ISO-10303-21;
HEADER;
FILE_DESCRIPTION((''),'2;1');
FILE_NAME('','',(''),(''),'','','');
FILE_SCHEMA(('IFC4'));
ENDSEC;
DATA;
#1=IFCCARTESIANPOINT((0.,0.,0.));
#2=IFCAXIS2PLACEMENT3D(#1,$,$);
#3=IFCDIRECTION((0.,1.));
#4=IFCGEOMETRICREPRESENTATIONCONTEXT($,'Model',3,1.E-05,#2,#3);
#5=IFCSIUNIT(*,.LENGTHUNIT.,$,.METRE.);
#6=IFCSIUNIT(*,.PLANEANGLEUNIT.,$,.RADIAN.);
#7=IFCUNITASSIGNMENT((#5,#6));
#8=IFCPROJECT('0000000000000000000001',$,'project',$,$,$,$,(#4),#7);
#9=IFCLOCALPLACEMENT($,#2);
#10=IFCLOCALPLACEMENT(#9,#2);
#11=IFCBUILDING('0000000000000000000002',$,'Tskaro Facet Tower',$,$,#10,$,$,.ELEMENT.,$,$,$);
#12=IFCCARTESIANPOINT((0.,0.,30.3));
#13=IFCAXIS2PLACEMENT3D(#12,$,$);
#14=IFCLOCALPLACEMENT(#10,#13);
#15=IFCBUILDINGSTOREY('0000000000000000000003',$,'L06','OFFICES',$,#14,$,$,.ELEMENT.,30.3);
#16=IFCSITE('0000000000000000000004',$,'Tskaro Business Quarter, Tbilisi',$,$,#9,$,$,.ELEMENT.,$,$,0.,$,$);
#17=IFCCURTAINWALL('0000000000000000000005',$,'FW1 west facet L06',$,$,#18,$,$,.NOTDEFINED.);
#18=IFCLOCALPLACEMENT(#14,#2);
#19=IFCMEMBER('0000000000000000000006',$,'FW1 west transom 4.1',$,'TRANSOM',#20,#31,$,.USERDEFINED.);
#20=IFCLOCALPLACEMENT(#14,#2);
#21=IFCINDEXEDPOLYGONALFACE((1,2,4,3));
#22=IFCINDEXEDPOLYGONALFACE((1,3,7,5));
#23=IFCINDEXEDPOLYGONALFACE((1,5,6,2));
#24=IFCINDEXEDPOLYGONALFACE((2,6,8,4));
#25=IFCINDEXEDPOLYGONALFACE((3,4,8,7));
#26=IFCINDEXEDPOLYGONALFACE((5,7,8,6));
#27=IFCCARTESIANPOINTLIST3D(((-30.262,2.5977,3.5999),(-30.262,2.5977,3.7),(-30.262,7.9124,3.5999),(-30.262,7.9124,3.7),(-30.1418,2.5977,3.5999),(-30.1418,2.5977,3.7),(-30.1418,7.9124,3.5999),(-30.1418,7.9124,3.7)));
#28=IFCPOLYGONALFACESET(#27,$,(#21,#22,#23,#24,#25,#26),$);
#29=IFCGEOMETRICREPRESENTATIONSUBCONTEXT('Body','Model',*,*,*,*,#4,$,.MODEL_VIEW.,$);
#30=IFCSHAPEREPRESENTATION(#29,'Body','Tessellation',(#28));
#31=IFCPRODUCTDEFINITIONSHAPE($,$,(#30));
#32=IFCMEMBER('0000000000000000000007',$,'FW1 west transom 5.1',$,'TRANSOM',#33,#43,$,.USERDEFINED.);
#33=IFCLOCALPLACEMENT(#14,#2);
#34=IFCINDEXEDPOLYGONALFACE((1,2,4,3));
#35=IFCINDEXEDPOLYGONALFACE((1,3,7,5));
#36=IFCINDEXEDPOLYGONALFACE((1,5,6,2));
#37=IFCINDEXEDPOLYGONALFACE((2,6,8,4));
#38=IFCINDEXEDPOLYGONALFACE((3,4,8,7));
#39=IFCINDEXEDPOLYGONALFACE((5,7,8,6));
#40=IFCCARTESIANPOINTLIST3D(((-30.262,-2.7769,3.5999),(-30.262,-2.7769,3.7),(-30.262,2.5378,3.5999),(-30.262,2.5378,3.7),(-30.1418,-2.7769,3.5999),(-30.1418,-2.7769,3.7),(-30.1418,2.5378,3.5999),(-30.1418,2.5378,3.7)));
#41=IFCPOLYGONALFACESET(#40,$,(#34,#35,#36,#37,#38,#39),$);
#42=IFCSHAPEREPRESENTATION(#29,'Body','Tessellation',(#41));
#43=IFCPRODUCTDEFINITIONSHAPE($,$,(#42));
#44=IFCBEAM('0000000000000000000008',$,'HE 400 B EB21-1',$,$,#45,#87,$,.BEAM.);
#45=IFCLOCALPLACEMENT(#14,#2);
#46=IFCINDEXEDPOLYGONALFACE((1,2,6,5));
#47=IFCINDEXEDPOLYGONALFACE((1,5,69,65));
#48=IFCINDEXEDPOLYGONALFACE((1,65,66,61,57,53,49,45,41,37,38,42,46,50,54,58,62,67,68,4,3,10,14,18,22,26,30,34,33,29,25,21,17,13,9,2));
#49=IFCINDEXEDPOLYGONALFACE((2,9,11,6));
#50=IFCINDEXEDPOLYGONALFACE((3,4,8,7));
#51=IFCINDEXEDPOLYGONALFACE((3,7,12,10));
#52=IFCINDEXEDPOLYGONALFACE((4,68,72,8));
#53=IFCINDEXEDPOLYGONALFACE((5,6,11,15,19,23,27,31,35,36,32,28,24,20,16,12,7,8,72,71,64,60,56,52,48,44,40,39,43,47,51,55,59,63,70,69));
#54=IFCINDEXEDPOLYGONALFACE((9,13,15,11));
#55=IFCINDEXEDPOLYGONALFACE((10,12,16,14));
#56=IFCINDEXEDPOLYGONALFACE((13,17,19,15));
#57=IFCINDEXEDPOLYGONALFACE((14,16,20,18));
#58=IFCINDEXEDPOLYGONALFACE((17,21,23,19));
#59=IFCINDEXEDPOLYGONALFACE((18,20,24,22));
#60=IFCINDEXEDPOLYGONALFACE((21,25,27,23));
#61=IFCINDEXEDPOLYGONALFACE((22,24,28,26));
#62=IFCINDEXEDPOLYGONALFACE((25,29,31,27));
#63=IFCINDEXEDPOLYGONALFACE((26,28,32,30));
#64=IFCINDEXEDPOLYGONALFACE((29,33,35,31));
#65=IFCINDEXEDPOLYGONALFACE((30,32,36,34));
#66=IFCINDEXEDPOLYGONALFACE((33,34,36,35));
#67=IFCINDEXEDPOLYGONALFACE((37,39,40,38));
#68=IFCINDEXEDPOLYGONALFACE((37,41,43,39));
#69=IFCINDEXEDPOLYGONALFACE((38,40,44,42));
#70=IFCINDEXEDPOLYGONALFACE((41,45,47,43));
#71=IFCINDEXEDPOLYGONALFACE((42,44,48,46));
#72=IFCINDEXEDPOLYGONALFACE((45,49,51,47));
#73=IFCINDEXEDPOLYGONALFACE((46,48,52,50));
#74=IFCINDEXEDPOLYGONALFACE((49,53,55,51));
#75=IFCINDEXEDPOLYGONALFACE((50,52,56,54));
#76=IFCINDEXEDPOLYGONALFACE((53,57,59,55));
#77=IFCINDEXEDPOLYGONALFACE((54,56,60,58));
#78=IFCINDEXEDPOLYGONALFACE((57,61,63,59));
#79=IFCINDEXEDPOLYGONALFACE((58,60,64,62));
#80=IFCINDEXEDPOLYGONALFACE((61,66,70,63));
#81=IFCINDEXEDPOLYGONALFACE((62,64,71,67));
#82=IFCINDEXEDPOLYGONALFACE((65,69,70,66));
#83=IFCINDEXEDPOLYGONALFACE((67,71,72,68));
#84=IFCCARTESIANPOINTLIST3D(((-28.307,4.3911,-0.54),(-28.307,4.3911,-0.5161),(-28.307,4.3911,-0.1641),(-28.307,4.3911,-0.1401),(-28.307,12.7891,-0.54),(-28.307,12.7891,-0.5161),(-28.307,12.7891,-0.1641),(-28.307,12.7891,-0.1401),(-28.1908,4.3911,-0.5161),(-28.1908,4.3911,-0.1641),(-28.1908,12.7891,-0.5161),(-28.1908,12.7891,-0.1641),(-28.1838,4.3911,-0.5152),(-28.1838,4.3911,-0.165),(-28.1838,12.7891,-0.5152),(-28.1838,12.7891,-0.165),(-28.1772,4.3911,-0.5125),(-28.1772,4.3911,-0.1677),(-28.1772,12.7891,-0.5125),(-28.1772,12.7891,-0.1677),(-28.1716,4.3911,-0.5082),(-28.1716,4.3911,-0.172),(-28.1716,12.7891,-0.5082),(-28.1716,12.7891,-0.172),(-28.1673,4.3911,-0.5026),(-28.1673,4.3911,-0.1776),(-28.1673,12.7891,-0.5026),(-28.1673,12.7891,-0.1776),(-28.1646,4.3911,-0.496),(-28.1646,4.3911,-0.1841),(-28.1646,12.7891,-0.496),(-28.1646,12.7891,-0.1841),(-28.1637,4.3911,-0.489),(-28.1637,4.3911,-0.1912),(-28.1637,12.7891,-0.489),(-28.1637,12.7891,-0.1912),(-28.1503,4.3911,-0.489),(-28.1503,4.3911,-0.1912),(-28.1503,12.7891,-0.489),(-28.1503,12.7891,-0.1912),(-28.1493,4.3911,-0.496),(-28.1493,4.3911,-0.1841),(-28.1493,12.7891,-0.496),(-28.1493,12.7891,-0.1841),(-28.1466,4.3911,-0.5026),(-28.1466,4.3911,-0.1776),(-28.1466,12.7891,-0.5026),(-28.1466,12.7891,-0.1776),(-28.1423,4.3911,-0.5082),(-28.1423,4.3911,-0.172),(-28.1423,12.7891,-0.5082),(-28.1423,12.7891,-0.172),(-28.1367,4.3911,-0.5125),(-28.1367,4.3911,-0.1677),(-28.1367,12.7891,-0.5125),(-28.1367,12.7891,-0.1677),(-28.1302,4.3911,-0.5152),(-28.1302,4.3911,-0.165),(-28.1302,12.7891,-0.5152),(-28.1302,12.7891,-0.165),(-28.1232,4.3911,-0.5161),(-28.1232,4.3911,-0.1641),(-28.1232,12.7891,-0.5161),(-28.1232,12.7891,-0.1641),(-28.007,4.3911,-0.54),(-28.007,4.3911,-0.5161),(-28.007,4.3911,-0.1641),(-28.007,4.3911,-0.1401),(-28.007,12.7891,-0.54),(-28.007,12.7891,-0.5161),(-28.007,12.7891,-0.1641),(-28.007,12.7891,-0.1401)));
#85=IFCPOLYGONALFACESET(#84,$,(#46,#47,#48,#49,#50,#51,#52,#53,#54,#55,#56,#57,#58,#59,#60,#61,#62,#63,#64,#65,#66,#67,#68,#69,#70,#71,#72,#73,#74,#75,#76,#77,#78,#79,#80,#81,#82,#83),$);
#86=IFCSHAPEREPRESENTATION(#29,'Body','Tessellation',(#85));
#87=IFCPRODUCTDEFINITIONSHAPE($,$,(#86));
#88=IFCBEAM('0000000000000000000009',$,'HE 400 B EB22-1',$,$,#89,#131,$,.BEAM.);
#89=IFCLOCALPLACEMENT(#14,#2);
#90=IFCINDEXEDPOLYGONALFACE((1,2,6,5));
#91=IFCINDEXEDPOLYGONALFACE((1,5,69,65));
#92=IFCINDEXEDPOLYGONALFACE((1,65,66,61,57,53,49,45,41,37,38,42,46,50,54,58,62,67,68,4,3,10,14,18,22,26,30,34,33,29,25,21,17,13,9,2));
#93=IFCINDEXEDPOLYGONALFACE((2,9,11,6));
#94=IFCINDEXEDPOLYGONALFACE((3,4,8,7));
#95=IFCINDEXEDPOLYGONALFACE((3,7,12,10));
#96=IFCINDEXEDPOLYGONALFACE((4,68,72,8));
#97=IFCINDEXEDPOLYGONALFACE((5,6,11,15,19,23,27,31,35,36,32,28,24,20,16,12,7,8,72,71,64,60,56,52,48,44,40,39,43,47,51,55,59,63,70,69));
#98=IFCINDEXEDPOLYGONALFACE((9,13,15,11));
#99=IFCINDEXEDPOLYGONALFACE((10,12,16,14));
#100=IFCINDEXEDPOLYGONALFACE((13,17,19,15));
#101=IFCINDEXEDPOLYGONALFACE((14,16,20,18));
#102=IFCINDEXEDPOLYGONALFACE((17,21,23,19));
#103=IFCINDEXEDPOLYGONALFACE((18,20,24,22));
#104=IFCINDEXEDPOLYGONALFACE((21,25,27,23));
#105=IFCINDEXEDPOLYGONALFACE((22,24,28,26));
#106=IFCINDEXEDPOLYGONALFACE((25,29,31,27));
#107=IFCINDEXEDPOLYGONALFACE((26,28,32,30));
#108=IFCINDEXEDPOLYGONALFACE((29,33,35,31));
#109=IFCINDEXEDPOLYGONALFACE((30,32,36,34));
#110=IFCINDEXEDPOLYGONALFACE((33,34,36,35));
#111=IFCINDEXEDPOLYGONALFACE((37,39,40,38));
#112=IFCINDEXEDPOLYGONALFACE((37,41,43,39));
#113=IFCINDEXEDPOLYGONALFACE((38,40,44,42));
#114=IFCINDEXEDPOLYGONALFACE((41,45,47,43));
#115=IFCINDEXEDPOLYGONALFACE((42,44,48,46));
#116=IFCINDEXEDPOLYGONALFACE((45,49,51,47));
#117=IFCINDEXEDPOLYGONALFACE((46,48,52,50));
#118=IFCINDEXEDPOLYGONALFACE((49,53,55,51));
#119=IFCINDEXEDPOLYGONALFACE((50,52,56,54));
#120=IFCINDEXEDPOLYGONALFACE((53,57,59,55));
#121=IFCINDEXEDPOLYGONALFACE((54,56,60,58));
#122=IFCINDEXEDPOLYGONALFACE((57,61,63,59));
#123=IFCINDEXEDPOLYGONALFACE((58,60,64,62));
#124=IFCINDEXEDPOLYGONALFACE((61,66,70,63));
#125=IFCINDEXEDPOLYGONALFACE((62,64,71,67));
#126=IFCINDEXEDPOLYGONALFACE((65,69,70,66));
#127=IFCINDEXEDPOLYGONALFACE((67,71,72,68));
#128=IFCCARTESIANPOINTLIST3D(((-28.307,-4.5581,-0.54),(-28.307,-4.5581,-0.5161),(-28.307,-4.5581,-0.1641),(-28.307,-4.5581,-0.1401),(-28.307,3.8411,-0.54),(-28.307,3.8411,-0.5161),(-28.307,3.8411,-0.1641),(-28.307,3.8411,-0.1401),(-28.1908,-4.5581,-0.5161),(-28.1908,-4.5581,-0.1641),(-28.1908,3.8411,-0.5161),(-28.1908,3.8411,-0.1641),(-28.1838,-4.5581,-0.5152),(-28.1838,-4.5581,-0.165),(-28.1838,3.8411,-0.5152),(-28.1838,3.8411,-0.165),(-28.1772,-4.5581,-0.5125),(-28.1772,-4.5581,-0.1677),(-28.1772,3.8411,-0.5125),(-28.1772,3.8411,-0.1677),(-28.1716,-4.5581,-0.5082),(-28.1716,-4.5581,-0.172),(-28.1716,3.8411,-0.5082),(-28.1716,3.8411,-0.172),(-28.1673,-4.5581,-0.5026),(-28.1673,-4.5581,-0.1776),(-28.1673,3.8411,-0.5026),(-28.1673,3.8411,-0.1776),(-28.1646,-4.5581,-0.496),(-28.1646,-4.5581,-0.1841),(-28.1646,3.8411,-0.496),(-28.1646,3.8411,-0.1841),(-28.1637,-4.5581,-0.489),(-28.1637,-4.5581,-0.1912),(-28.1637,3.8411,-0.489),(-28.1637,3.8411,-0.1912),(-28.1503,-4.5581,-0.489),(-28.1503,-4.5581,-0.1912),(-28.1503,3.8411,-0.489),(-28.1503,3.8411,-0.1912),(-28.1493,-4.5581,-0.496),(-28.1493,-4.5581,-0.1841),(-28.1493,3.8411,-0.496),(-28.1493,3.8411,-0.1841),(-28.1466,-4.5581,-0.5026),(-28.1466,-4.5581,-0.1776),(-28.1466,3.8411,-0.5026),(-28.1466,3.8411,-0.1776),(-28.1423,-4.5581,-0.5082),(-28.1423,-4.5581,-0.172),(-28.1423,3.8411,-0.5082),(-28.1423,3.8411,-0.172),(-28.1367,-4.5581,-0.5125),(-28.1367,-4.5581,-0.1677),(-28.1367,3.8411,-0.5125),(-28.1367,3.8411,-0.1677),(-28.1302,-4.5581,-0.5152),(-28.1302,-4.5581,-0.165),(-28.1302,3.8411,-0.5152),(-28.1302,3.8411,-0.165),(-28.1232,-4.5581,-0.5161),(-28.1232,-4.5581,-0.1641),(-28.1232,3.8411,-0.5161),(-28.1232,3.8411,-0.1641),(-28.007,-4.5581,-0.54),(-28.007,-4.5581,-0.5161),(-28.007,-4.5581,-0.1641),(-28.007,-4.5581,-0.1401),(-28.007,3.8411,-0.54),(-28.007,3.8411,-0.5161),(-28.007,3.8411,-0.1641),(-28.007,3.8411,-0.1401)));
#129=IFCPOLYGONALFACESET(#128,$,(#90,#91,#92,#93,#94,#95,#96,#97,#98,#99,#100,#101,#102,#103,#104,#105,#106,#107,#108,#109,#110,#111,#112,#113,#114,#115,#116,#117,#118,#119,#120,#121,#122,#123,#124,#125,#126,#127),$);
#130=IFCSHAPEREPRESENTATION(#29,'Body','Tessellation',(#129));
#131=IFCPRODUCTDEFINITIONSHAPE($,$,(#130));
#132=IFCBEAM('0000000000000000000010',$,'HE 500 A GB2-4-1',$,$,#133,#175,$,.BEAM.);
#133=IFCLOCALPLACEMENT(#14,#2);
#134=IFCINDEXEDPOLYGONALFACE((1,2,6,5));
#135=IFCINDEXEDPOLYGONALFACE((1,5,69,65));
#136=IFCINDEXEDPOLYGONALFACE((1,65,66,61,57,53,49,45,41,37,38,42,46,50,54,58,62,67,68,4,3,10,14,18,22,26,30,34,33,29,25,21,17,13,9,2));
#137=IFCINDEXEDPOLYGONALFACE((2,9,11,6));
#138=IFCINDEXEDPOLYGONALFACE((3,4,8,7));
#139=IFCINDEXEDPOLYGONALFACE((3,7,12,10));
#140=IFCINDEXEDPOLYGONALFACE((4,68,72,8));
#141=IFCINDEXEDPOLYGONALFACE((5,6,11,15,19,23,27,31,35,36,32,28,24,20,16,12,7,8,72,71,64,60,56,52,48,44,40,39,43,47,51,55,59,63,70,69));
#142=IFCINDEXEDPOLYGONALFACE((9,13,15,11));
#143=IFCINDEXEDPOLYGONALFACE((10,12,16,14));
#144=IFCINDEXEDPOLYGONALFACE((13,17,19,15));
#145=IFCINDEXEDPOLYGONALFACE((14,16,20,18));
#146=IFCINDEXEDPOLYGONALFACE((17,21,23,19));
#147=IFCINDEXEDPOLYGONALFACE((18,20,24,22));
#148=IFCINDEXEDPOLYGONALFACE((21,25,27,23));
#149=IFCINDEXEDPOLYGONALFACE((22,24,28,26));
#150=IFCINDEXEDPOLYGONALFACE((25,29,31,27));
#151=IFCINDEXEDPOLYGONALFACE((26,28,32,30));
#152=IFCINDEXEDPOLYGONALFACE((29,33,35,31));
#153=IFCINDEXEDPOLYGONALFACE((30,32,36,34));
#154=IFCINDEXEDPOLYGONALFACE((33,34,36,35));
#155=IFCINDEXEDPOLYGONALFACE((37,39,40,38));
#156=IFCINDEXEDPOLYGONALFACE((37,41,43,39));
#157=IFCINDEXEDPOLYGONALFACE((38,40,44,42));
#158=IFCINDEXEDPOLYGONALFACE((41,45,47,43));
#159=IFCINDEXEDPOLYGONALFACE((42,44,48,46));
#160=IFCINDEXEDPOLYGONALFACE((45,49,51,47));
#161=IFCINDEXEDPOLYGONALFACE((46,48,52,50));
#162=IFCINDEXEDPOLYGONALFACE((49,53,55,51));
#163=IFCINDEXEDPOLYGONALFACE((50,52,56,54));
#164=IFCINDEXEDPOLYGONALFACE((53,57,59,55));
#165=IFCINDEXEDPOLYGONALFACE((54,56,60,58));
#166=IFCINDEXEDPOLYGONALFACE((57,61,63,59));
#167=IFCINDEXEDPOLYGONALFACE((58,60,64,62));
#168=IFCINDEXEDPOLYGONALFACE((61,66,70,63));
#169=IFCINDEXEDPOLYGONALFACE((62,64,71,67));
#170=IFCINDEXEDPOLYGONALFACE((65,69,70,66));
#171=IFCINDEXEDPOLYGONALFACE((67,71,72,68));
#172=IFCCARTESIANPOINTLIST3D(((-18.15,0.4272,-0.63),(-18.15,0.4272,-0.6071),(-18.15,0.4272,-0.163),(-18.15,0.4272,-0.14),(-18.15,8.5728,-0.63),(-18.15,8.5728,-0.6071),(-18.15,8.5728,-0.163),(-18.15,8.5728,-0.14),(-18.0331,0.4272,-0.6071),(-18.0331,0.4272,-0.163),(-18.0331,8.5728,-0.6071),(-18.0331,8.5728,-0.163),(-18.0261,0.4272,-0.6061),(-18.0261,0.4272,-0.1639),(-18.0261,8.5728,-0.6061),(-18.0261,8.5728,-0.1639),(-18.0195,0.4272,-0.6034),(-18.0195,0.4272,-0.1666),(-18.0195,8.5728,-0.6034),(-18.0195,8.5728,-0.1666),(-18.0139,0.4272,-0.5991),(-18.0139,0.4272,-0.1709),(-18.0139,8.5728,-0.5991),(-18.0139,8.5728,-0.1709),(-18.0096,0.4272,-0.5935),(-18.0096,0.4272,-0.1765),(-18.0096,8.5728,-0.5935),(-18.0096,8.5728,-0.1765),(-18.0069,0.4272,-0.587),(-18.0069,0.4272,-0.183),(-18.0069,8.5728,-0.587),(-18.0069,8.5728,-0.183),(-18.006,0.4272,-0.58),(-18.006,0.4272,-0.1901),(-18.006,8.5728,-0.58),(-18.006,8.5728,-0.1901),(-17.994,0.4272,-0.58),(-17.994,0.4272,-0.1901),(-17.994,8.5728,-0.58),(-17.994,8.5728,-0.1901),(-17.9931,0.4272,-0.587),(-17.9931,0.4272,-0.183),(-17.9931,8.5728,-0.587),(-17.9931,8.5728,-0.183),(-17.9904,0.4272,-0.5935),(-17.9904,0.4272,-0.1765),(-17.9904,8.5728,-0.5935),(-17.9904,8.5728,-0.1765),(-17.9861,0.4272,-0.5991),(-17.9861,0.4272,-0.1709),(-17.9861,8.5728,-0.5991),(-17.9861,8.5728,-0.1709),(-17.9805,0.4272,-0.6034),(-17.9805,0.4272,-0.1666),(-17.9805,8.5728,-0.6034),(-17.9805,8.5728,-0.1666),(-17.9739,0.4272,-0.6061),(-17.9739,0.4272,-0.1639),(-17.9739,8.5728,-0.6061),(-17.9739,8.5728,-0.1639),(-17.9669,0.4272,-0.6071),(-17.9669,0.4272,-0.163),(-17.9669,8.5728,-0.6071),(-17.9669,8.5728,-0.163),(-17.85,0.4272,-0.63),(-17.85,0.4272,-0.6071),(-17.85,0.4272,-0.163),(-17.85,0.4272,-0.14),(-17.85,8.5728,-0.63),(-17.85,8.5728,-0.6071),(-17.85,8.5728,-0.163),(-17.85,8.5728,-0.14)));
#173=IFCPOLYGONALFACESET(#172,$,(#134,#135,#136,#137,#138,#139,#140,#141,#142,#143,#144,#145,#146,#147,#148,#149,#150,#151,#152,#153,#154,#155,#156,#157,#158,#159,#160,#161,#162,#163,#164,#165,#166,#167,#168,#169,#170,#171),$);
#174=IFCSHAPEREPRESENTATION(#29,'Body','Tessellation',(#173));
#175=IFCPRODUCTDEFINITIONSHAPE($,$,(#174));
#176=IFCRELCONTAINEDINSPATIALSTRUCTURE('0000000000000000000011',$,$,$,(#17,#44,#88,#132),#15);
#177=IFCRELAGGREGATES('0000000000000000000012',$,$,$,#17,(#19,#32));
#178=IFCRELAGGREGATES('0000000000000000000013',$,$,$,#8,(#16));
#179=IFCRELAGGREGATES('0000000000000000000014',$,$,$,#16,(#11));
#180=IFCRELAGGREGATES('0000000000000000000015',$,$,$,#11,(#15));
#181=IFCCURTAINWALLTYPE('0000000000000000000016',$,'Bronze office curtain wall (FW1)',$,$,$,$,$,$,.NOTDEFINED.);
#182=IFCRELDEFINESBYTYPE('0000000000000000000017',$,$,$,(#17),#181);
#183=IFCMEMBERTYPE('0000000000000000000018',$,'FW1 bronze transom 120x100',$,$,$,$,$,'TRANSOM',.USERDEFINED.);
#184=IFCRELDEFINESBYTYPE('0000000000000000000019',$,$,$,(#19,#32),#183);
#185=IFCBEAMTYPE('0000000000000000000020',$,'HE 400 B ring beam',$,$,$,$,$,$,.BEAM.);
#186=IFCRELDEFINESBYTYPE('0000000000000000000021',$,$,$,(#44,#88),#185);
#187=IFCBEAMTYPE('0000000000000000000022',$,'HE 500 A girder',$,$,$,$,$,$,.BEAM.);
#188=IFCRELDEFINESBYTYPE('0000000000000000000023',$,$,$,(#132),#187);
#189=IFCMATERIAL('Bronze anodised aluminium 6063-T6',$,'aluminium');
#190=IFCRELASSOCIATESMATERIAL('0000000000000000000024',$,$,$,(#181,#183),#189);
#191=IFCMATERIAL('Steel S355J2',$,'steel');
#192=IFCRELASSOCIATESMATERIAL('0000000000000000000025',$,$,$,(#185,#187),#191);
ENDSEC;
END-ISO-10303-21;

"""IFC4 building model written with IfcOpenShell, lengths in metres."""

from ifc_helpers import new_model, si_unit, direction, frame, origin, origin_2d, place, context, subcontext, project, spatial, rectangle, i_section, extrude, material, material_profile, profile_set, type_object, element, aggregate, save


model = new_model("IFC4")

# Units and contexts
model_context = context("Model", 3, precision=1e-05, world=origin(), true_north=direction((0.0, 1.0)))
body_context = subcontext(model_context, "Body", "Model", "MODEL_VIEW")
ifc_project = project(units=[si_unit("LENGTHUNIT", "METRE"), si_unit("PLANEANGLEUNIT", "RADIAN")], contexts=[model_context])

# Site, building, storey
site_placement = place(None, origin())
site = spatial("IfcSite", under=ifc_project, at=site_placement, Name="Tskaro Business Quarter, Tbilisi", CompositionType="ELEMENT", RefElevation=0.0)
building_placement = place(site_placement, origin())
building = spatial("IfcBuilding", under=site, at=building_placement, Name="Tskaro Facet Tower", CompositionType="ELEMENT")
storey_placement = place(building_placement, frame((0.0, 0.0, 30.3)))
storey = spatial("IfcBuildingStorey", under=building, at=storey_placement, Name="L06", Description="OFFICES", CompositionType="ELEMENT", Elevation=30.3)

# Curtain wall, members
ifc_material_1 = material(Name="Bronze anodised aluminium 6063-T6", Category="aluminium")
curtain_wall_type = type_object("IfcCurtainWallType", Name="Bronze office curtain wall (FW1)", PredefinedType="NOTDEFINED", material=ifc_material_1)
curtain_wall_placement = place(storey_placement, origin())
curtain_wall = element("IfcCurtainWall", 1, at=curtain_wall_placement, inside=storey, type_object=curtain_wall_type, Name="FW1 west facet L06", PredefinedType="NOTDEFINED")
ifc_material_profile_1 = material_profile(ifc_material_1, rectangle(XDim=0.1201, YDim=0.1001, at=origin_2d()), Name="Transom 120x100")
ifc_profile_set_1 = profile_set([ifc_material_profile_1], Name="Bronze anodised aluminium 6063-T6")
member_type_1 = type_object("IfcMemberType", Name="FW1 bronze transom 120x100", ElementType="TRANSOM", PredefinedType="USERDEFINED", material=ifc_profile_set_1)
member_1_placement = place(storey_placement, frame((-30.2019, 7.9124, 3.6499), z_axis=(0.0, -1.0, 0.0), x_axis=(1.0, 0.0, 0.0)))
member_1 = element("IfcMember", 2, at=member_1_placement, type_object=member_type_1, Name="FW1 west transom 4.1", ObjectType="TRANSOM", PredefinedType="USERDEFINED", context=body_context, shape_type="SweptSolid", body=[
    extrude(rectangle(XDim=0.1201, YDim=0.1001, at=origin_2d()), origin(), (0.0, 0.0, 1.0), 5.3147),
])
member_2_placement = place(storey_placement, frame((-30.2019, 2.5378, 3.6499), z_axis=(0.0, -1.0, 0.0), x_axis=(1.0, 0.0, 0.0)))
member_2 = element("IfcMember", 3, at=member_2_placement, type_object=member_type_1, Name="FW1 west transom 5.1", ObjectType="TRANSOM", PredefinedType="USERDEFINED", context=body_context, shape_type="SweptSolid", body=[
    extrude(rectangle(XDim=0.1201, YDim=0.1001, at=origin_2d()), origin(), (0.0, 0.0, 1.0), 5.3147),
])

# Beams
ifc_material_2 = material(Name="Steel S355J2", Category="steel")
ifc_material_profile_2 = material_profile(ifc_material_2, i_section(OverallWidth=0.3, OverallDepth=0.3999, WebThickness=0.0134, FlangeThickness=0.0239, FilletRadius=0.0271, at=origin_2d()), Name="HE 400 B")
ifc_profile_set_2 = profile_set([ifc_material_profile_2], Name="Steel S355J2")
beam_type_1 = type_object("IfcBeamType", Name="HE 400 B ring beam", PredefinedType="BEAM", material=ifc_profile_set_2)
beam_1_placement = place(storey_placement, frame((-28.157, 12.7891, -0.3401), z_axis=(0.0, -1.0, 0.0), x_axis=(1.0, 0.0, 0.0)))
element("IfcBeam", 4, at=beam_1_placement, inside=storey, type_object=beam_type_1, Name="HE 400 B EB21-1", PredefinedType="BEAM", context=body_context, shape_type="SweptSolid", body=[
    extrude(i_section(OverallWidth=0.3, OverallDepth=0.3999, WebThickness=0.0134, FlangeThickness=0.0239, FilletRadius=0.0271, at=origin_2d()), origin(), (0.0, 0.0, 1.0), 8.3979),
])
beam_2_placement = place(storey_placement, frame((-28.157, 3.8411, -0.3401), z_axis=(0.0, -1.0, 0.0), x_axis=(1.0, 0.0, 0.0)))
element("IfcBeam", 5, at=beam_2_placement, inside=storey, type_object=beam_type_1, Name="HE 400 B EB22-1", PredefinedType="BEAM", context=body_context, shape_type="SweptSolid", body=[
    extrude(i_section(OverallWidth=0.3, OverallDepth=0.3999, WebThickness=0.0134, FlangeThickness=0.0239, FilletRadius=0.0271, at=origin_2d()), origin(), (0.0, 0.0, 1.0), 8.3992),
])
ifc_material_profile_3 = material_profile(ifc_material_2, i_section(OverallWidth=0.3, OverallDepth=0.49, WebThickness=0.012, FlangeThickness=0.0229, FilletRadius=0.0271, at=origin_2d()), Name="HE 500 A")
ifc_profile_set_3 = profile_set([ifc_material_profile_3], Name="Steel S355J2")
beam_type_2 = type_object("IfcBeamType", Name="HE 500 A girder", PredefinedType="BEAM", material=ifc_profile_set_3)
for number, where, z_axis, x_axis, name in (
    (6, (-18.0, 0.4272, -0.385), (0.0, 1.0, 0.0), (-1.0, 0.0, 0.0), "HE 500 A GB2-4-1"),
):
    element("IfcBeam", number, at=place(storey_placement, frame(where, z_axis=z_axis, x_axis=x_axis)), inside=storey, type_object=beam_type_2, Name=name, PredefinedType="BEAM", context=body_context, shape_type="SweptSolid", body=[
        extrude(i_section(OverallWidth=0.3, OverallDepth=0.49, WebThickness=0.012, FlangeThickness=0.0229, FilletRadius=0.0271, at=origin_2d()), origin(), (0.0, 0.0, 1.0), 8.1455),
    ])

aggregate(curtain_wall, [member_1, member_2])

save(model, "model.ifc")
